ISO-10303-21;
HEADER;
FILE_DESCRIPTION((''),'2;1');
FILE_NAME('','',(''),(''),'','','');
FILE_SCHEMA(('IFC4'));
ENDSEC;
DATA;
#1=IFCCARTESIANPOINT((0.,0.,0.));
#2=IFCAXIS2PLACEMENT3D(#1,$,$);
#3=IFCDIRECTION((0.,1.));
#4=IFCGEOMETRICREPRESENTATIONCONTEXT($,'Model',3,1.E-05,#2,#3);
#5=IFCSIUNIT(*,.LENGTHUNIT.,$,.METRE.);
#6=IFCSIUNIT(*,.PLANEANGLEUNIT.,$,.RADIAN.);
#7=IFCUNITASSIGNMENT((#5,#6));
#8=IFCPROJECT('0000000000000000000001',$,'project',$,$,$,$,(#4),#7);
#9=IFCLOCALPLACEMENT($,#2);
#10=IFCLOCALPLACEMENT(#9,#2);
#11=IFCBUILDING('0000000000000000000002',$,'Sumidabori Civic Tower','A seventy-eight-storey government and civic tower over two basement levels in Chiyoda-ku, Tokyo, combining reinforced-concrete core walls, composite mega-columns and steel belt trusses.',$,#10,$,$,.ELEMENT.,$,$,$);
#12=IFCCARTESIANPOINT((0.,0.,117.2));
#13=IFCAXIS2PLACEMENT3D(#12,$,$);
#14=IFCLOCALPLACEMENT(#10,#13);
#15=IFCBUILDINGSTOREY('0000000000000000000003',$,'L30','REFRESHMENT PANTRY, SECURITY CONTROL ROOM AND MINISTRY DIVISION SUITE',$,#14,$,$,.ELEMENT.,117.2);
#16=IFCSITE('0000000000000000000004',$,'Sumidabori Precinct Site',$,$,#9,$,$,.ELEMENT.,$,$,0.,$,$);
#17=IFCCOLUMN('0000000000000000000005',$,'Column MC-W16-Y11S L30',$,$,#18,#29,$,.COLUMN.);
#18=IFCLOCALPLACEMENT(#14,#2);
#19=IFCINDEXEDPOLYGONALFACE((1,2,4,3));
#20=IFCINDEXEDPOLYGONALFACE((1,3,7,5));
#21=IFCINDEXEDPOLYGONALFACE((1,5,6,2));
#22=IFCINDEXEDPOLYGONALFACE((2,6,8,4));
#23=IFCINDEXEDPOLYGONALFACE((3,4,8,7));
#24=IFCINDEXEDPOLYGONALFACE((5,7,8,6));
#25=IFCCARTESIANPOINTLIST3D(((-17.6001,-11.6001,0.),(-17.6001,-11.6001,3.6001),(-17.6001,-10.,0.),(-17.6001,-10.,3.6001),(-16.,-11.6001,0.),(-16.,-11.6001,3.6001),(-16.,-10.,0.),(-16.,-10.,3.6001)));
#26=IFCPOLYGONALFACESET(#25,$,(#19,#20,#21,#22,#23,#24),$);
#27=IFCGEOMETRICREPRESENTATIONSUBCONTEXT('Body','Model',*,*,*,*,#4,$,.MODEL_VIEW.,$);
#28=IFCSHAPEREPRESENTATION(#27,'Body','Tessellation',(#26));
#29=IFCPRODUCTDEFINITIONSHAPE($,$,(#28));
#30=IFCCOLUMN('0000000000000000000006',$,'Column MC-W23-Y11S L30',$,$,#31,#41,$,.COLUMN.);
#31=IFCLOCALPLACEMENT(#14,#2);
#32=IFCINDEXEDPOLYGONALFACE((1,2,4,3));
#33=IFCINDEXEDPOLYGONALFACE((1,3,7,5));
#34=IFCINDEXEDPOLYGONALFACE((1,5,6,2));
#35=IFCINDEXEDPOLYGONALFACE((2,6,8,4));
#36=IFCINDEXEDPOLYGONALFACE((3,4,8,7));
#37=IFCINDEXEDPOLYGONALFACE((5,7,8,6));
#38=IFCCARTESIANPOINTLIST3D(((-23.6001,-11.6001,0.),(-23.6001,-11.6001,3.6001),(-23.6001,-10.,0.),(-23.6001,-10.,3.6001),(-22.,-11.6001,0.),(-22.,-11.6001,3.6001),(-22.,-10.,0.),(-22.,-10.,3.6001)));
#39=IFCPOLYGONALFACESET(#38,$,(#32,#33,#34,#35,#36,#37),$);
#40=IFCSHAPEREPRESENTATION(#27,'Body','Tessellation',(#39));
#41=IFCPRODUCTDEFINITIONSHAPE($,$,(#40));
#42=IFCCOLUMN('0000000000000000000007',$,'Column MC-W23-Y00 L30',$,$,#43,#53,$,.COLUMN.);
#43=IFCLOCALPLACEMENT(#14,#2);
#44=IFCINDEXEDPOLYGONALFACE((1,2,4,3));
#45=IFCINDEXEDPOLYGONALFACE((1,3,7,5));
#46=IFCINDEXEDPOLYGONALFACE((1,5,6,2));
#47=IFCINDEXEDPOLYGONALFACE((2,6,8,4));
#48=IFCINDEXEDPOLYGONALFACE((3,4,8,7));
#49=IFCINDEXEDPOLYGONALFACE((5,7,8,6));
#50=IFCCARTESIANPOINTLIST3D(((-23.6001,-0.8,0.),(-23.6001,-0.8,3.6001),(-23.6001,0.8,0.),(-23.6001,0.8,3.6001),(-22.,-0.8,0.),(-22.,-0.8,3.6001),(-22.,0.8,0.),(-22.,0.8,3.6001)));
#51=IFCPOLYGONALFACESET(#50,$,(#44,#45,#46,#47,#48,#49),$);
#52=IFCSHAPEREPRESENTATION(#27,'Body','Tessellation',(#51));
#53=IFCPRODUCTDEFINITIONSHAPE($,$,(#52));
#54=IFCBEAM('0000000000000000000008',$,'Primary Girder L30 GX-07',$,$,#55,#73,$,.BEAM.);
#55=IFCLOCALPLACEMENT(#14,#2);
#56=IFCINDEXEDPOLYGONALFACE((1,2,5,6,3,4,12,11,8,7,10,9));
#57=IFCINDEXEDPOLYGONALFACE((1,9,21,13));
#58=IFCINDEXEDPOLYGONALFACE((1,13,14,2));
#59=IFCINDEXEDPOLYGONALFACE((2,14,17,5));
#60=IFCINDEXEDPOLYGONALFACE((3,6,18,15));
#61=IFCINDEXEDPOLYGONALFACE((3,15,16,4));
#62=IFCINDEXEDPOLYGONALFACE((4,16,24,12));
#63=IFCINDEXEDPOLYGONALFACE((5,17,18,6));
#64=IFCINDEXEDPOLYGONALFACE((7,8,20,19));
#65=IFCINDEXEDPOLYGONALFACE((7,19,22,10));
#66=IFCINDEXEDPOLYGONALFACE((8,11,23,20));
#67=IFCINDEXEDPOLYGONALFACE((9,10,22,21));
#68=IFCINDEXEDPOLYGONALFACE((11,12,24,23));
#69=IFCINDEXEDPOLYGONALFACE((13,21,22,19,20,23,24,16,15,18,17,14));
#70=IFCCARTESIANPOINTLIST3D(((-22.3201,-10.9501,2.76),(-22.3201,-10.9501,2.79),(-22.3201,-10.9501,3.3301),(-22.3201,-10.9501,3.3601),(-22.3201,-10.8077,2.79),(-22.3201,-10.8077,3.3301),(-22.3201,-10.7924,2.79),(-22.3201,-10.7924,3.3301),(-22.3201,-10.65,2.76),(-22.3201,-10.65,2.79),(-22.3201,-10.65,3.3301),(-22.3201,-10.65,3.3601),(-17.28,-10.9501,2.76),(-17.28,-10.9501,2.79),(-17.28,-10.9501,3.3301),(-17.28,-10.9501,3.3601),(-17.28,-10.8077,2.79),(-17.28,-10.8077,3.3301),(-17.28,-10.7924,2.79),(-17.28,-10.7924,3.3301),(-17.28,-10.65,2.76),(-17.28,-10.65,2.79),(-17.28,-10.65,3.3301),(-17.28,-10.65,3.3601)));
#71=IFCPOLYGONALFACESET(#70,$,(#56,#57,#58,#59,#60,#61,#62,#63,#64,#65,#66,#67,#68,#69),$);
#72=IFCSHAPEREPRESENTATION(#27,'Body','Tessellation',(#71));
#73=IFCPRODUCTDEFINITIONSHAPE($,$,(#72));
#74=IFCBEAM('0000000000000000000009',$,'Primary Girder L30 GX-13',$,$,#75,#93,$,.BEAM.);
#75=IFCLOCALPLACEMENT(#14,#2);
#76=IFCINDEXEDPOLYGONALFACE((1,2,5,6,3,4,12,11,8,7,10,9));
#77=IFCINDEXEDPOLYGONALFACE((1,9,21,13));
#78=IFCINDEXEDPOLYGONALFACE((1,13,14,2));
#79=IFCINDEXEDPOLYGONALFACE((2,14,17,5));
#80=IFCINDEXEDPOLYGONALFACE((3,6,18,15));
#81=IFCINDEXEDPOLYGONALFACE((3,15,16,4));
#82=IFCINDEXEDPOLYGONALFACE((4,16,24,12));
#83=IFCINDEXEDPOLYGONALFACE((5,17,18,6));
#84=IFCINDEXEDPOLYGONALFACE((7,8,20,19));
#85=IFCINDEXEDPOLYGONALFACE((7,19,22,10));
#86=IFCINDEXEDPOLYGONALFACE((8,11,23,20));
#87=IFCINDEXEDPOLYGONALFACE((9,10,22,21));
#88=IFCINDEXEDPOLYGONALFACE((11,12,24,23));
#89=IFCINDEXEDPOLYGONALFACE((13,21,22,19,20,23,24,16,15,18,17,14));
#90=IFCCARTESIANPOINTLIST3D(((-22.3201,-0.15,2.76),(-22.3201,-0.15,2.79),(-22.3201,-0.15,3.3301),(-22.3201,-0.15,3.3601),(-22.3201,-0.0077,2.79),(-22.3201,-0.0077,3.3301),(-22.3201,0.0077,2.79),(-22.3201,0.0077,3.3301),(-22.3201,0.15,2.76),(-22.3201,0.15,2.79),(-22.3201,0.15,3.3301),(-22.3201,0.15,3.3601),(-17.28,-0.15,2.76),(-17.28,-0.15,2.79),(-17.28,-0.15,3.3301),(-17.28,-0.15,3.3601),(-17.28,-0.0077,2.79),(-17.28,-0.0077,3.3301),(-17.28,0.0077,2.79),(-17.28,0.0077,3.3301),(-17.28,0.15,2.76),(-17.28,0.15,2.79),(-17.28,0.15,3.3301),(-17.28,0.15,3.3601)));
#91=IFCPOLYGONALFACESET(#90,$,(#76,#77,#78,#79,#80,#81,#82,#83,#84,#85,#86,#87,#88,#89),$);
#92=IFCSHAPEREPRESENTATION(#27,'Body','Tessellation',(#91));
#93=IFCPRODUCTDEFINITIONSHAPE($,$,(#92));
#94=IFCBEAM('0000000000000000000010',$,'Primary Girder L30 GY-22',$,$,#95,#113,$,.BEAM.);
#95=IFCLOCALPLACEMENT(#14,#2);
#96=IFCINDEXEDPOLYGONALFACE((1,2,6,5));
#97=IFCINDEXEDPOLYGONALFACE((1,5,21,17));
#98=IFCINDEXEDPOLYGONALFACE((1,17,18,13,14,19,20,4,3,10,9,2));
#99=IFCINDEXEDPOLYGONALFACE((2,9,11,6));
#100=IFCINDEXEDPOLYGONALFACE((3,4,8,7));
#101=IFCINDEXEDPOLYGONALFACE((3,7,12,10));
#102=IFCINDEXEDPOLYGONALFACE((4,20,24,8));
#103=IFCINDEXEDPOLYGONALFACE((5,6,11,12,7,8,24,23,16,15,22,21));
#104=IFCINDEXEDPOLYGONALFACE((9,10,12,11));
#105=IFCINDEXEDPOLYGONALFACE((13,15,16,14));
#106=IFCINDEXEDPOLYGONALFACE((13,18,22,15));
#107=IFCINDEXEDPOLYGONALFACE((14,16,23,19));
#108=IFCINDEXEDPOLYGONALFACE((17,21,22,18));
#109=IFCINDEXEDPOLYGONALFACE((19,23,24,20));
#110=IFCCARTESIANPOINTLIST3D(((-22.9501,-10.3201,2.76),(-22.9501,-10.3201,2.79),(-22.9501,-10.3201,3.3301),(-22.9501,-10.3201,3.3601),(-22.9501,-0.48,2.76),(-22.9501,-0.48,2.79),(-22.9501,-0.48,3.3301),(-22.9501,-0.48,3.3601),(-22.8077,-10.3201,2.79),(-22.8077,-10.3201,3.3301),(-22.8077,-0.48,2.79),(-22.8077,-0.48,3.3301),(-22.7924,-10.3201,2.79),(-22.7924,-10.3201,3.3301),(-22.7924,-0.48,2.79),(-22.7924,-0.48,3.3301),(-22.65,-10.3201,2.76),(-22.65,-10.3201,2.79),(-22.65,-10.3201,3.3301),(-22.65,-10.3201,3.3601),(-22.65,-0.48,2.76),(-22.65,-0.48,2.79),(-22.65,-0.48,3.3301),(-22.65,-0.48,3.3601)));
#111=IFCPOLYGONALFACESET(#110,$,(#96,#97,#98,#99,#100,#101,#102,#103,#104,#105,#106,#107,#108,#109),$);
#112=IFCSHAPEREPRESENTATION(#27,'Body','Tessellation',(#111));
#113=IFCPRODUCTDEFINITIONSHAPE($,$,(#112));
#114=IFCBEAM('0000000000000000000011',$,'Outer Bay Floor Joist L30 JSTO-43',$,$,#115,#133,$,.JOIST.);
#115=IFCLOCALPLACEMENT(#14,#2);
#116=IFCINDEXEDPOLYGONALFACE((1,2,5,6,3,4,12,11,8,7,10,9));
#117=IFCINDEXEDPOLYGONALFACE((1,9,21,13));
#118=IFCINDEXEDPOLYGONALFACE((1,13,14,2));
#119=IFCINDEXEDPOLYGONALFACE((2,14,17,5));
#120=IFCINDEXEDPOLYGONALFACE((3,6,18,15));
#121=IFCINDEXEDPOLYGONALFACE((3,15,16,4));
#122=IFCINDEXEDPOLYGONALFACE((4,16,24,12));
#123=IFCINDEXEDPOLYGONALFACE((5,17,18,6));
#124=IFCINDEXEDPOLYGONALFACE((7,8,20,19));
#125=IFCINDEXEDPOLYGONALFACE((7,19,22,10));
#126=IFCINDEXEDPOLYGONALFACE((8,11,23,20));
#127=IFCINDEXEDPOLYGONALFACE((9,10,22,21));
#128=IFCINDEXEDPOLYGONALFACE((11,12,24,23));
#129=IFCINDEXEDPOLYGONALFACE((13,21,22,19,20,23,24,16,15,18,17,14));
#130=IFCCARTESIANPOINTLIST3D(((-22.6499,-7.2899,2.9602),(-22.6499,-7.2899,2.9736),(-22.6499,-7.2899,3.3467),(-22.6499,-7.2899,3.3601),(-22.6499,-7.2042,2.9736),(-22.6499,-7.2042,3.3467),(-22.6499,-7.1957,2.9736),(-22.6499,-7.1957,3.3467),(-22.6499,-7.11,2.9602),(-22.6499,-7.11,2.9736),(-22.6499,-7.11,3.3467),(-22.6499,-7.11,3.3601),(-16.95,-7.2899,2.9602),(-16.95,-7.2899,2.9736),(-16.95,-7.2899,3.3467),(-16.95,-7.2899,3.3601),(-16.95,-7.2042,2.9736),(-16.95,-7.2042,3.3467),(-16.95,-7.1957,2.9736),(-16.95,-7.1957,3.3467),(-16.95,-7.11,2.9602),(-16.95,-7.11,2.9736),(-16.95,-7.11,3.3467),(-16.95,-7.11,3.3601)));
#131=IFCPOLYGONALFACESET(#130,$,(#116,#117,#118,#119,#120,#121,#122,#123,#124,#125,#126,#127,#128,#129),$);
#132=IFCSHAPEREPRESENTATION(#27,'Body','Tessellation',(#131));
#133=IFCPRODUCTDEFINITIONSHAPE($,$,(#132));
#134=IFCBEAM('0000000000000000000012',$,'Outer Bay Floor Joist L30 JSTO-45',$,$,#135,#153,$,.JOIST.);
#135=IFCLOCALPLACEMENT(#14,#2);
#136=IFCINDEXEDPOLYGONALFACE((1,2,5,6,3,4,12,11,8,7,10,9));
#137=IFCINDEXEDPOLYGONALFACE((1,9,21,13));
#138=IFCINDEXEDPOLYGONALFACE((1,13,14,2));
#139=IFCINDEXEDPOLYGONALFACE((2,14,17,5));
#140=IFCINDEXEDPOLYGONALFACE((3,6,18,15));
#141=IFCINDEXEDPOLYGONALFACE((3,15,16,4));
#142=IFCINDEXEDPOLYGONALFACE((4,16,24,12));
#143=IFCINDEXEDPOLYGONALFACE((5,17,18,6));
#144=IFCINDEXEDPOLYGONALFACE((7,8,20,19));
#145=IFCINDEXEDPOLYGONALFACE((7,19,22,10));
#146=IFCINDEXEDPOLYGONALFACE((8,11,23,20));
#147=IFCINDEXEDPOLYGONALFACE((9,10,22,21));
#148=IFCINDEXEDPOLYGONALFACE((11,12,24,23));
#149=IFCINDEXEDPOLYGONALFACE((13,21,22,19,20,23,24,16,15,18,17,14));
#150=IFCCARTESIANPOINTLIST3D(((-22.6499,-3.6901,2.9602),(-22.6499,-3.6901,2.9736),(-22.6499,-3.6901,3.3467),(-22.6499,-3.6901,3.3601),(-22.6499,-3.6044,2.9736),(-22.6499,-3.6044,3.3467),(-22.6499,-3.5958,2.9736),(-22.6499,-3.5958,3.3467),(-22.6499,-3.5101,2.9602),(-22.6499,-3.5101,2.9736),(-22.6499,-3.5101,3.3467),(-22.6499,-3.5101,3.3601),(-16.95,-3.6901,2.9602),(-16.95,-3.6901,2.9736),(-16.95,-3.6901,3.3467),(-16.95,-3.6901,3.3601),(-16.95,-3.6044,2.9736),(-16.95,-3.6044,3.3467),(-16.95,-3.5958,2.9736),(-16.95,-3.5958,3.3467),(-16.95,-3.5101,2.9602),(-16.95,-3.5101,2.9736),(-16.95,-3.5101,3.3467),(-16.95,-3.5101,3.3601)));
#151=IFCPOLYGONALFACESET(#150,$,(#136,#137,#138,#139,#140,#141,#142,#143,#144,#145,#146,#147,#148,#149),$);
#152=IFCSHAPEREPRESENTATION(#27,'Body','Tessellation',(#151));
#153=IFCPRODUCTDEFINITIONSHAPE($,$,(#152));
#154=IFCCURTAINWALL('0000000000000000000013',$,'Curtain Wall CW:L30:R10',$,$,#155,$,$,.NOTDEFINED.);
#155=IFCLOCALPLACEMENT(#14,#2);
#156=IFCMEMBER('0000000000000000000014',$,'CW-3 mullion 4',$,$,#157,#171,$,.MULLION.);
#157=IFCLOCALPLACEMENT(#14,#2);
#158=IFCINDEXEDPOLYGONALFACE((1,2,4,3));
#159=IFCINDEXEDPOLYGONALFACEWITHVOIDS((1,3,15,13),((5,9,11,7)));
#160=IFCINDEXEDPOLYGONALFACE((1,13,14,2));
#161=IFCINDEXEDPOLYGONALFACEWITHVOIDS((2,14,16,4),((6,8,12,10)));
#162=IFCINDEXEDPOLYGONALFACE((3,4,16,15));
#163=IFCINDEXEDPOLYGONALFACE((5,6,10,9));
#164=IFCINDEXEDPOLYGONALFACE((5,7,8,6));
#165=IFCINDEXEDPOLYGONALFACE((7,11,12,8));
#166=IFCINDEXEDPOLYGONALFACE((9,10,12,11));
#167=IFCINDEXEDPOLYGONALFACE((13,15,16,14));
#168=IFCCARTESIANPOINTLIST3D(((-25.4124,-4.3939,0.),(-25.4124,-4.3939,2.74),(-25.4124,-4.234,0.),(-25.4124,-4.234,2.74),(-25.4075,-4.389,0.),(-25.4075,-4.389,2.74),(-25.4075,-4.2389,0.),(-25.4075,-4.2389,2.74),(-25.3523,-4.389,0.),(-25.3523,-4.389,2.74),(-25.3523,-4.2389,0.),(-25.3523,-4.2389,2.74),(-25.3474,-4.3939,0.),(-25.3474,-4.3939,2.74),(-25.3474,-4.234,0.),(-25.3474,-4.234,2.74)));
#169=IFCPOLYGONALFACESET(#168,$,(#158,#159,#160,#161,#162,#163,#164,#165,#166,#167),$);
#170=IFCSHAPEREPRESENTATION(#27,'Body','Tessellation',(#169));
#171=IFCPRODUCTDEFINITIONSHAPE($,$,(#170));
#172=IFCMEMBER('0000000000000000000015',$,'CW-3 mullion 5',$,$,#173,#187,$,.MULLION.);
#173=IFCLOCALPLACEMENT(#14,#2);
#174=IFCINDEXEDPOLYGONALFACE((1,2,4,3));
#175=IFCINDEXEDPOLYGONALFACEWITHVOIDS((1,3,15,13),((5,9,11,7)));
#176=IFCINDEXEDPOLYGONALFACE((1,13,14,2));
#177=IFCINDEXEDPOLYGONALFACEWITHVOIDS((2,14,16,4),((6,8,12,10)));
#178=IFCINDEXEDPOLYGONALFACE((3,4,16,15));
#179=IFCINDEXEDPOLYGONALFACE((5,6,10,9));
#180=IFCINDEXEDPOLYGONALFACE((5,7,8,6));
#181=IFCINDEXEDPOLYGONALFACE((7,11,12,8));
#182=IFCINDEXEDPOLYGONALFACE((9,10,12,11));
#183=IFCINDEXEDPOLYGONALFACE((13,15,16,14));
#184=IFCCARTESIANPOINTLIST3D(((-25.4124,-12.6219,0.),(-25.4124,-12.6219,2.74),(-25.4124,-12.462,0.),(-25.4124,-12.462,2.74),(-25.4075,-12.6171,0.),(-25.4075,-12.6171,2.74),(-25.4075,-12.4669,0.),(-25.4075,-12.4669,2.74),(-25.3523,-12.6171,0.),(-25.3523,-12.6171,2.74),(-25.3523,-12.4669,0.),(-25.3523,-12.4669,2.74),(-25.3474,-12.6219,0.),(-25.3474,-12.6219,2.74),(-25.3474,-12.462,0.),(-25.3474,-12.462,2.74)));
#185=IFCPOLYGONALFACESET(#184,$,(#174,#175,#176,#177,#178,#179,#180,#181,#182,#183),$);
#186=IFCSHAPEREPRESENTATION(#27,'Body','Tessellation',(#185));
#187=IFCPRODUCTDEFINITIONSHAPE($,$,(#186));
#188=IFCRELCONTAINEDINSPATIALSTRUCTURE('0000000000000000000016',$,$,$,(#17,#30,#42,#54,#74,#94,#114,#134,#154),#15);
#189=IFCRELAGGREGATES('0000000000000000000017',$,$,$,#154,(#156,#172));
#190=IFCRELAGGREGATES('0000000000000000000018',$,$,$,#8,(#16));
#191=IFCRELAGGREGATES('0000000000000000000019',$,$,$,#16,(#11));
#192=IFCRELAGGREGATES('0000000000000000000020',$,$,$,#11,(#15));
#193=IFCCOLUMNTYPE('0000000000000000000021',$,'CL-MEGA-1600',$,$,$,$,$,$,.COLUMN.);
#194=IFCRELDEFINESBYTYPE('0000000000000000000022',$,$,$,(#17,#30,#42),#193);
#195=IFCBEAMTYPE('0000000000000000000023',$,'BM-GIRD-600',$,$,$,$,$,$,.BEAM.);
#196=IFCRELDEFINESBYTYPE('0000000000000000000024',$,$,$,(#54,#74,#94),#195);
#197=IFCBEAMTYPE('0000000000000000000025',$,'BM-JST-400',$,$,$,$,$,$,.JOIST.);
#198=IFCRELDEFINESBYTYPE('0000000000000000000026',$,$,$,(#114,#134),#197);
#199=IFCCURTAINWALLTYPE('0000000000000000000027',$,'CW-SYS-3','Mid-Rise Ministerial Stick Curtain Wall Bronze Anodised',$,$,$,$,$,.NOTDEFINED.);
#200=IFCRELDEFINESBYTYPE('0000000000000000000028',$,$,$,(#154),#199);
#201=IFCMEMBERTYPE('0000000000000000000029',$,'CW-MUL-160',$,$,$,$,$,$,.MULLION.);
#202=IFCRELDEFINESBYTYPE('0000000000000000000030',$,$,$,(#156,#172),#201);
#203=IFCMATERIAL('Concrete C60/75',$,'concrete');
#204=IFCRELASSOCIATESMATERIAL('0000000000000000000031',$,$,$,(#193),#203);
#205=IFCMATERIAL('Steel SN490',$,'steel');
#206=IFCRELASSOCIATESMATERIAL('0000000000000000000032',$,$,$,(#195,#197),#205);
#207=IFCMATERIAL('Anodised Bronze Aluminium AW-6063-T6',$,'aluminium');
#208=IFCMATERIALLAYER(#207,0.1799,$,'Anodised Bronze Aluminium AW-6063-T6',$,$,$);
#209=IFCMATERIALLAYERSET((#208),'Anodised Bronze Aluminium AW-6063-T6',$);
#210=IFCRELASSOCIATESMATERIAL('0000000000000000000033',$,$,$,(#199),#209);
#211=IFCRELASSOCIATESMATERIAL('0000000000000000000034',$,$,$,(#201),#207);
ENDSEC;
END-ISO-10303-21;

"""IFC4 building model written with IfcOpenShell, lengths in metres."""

from ifc_helpers import new_model, si_unit, direction, frame, origin, origin_2d, place, context, subcontext, project, spatial, rectangle, hollow_rectangle, i_section, extrude, source, transform, mapped, material, layer, layer_set, material_profile, profile_set, type_object, element, aggregate, save


model = new_model("IFC4")

# Units and contexts
model_context = context("Model", 3, precision=1e-05, world=origin(), true_north=direction((0.0, 1.0)))
body_context = subcontext(model_context, "Body", "Model", "MODEL_VIEW")
ifc_project = project(units=[si_unit("LENGTHUNIT", "METRE"), si_unit("PLANEANGLEUNIT", "RADIAN")], contexts=[model_context])

# Site, building, storey
site_placement = place(None, origin())
site = spatial("IfcSite", under=ifc_project, at=site_placement, Name="Sumidabori Precinct Site", CompositionType="ELEMENT", RefElevation=0.0)
building_placement = place(site_placement, origin())
building = spatial("IfcBuilding", under=site, at=building_placement, Name="Sumidabori Civic Tower", Description="A seventy-eight-storey government and civic tower over two basement levels in Chiyoda-ku, Tokyo, combining reinforced-concrete core walls, composite mega-columns and steel belt trusses.", CompositionType="ELEMENT")
storey_placement = place(building_placement, frame((0.0, 0.0, 117.2)))
storey = spatial("IfcBuildingStorey", under=building, at=storey_placement, Name="L30", Description="REFRESHMENT PANTRY, SECURITY CONTROL ROOM AND MINISTRY DIVISION SUITE", CompositionType="ELEMENT", Elevation=117.2)

# Columns
ifc_material_1 = material(Name="Concrete C60/75", Category="concrete")
ifc_material_profile_1 = material_profile(ifc_material_1, rectangle(XDim=1.6001, YDim=1.6001, at=origin_2d()), Name="RC 1600x1600")
ifc_profile_set_1 = profile_set([ifc_material_profile_1], Name="Concrete C60/75")
column_type = type_object("IfcColumnType", Name="CL-MEGA-1600", PredefinedType="COLUMN", material=ifc_profile_set_1)
shared_shape_1 = source(origin(), body_context, "Body", "SweptSolid", [
    extrude(rectangle(XDim=1.6001, YDim=1.6001, at=origin_2d()), origin(), (0.0, 0.0, 1.0), 3.6001),
])
for number, where, z_axis, x_axis, name in (
    (1, (-16.8, -10.8, 0.0), (0.0, 0.0, 1.0), (1.0, 0.0, 0.0), "Column MC-W16-Y11S L30"),
    (2, (-22.8, -10.8, 0.0), (0.0, 0.0, 1.0), (1.0, 0.0, 0.0), "Column MC-W23-Y11S L30"),
    (3, (-22.8, 0.0, 0.0), (0.0, 0.0, 1.0), (1.0, 0.0, 0.0), "Column MC-W23-Y00 L30"),
):
    element("IfcColumn", number, at=place(storey_placement, frame(where, z_axis=z_axis, x_axis=x_axis)), inside=storey, type_object=column_type, Name=name, PredefinedType="COLUMN", context=body_context, shape_type="MappedRepresentation", body=[
        mapped(shared_shape_1, transform((0.0, 0.0, 0.0), x_axis=(1.0, 0.0, 0.0), y_axis=(0.0, 1.0, 0.0), z_axis=(0.0, 0.0, 1.0), scale=1.0)),
    ])

# Beams
ifc_material_2 = material(Name="Steel SN490", Category="steel")
ifc_material_profile_2 = material_profile(ifc_material_2, i_section(OverallWidth=0.3, OverallDepth=0.6001, WebThickness=0.0154, FlangeThickness=0.03, at=origin_2d()), Name="HE 600 B")
ifc_profile_set_2 = profile_set([ifc_material_profile_2], Name="Steel SN490")
beam_type_1 = type_object("IfcBeamType", Name="BM-GIRD-600", PredefinedType="BEAM", material=ifc_profile_set_2)
shared_shape_2 = source(origin(), body_context, "Body", "SweptSolid", [
    extrude(i_section(OverallWidth=0.3, OverallDepth=0.6001, WebThickness=0.0154, FlangeThickness=0.03, at=origin_2d()), origin(), (0.0, 0.0, 1.0), 5.04),
])
for number, where, z_axis, x_axis, name in (
    (4, (-22.3201, -10.8, 3.0601), (1.0, 0.0, 0.0), (0.0, 1.0, 0.0), "Primary Girder L30 GX-07"),
    (5, (-22.3201, 0.0, 3.0601), (1.0, 0.0, 0.0), (0.0, 1.0, 0.0), "Primary Girder L30 GX-13"),
):
    element("IfcBeam", number, at=place(storey_placement, frame(where, z_axis=z_axis, x_axis=x_axis)), inside=storey, type_object=beam_type_1, Name=name, PredefinedType="BEAM", context=body_context, shape_type="MappedRepresentation", body=[
        mapped(shared_shape_2, transform((0.0, 0.0, 0.0), x_axis=(1.0, 0.0, 0.0), y_axis=(0.0, 1.0, 0.0), z_axis=(0.0, 0.0, 1.0), scale=1.0)),
    ])
shared_shape_3 = source(origin(), body_context, "Body", "SweptSolid", [
    extrude(i_section(OverallWidth=0.3, OverallDepth=0.6001, WebThickness=0.0154, FlangeThickness=0.03, at=origin_2d()), origin(), (0.0, 0.0, 1.0), 9.8401),
])
beam_placement = place(storey_placement, frame((-22.8, -10.3201, 3.0601), z_axis=(0.0, 1.0, 0.0), x_axis=(-1.0, 0.0, 0.0)))
element("IfcBeam", 6, at=beam_placement, inside=storey, type_object=beam_type_1, Name="Primary Girder L30 GY-22", PredefinedType="BEAM", context=body_context, shape_type="MappedRepresentation", body=[
    mapped(shared_shape_3, transform((0.0, 0.0, 0.0), x_axis=(1.0, 0.0, 0.0), y_axis=(0.0, 1.0, 0.0), z_axis=(0.0, 0.0, 1.0), scale=1.0)),
])
ifc_material_profile_3 = material_profile(ifc_material_2, i_section(OverallWidth=0.1799, OverallDepth=0.3999, WebThickness=0.0085, FlangeThickness=0.0134, at=origin_2d()), Name="IPE 400")
ifc_profile_set_3 = profile_set([ifc_material_profile_3], Name="Steel SN490")
beam_type_2 = type_object("IfcBeamType", Name="BM-JST-400", PredefinedType="JOIST", material=ifc_profile_set_3)
shared_shape_4 = source(origin(), body_context, "Body", "SweptSolid", [
    extrude(i_section(OverallWidth=0.1799, OverallDepth=0.3999, WebThickness=0.0085, FlangeThickness=0.0134, at=origin_2d()), origin(), (0.0, 0.0, 1.0), 5.7),
])
for number, where, z_axis, x_axis, name in (
    (7, (-22.6499, -7.2, 3.1602), (1.0, 0.0, 0.0), (0.0, 1.0, 0.0), "Outer Bay Floor Joist L30 JSTO-43"),
    (8, (-22.6499, -3.6001, 3.1602), (1.0, 0.0, 0.0), (0.0, 1.0, 0.0), "Outer Bay Floor Joist L30 JSTO-45"),
):
    element("IfcBeam", number, at=place(storey_placement, frame(where, z_axis=z_axis, x_axis=x_axis)), inside=storey, type_object=beam_type_2, Name=name, PredefinedType="JOIST", context=body_context, shape_type="MappedRepresentation", body=[
        mapped(shared_shape_4, transform((0.0, 0.0, 0.0), x_axis=(1.0, 0.0, 0.0), y_axis=(0.0, 1.0, 0.0), z_axis=(0.0, 0.0, 1.0), scale=1.0)),
    ])

# Curtain wall, members
ifc_material_3 = material(Name="Anodised Bronze Aluminium AW-6063-T6", Category="aluminium")
ifc_layer_1 = layer(ifc_material_3, 0.1799, Name="Anodised Bronze Aluminium AW-6063-T6")
ifc_layer_set_1 = layer_set([ifc_layer_1], Name="Anodised Bronze Aluminium AW-6063-T6")
curtain_wall_type = type_object("IfcCurtainWallType", Name="CW-SYS-3", Description="Mid-Rise Ministerial Stick Curtain Wall Bronze Anodised", PredefinedType="NOTDEFINED", material=ifc_layer_set_1)
curtain_wall_placement = place(storey_placement, origin())
curtain_wall = element("IfcCurtainWall", 9, at=curtain_wall_placement, inside=storey, type_object=curtain_wall_type, Name="Curtain Wall CW:L30:R10", PredefinedType="NOTDEFINED")
ifc_material_profile_4 = material_profile(ifc_material_3, hollow_rectangle(XDim=0.0649, YDim=0.1599, WallThickness=0.0049, at=origin_2d()), Name="ALU MULLION 160x65")
ifc_profile_set_4 = profile_set([ifc_material_profile_4], Name="Anodised Bronze Aluminium AW-6063-T6")
member_type_1 = type_object("IfcMemberType", Name="CW-MUL-160", PredefinedType="MULLION", material=ifc_profile_set_4)
shared_shape_5 = source(origin(), body_context, "Body", "SweptSolid", [
    extrude(hollow_rectangle(XDim=0.0649, YDim=0.1599, WallThickness=0.0049, at=origin_2d()), origin(), (0.0, 0.0, 1.0), 2.74),
])
member_1_placement = place(storey_placement, frame((-25.3799, -4.314, 0.0), z_axis=(0.0, 0.0, 1.0), x_axis=(1.0, 0.0, 0.0)))
member_1 = element("IfcMember", 10, at=member_1_placement, type_object=member_type_1, Name="CW-3 mullion 4", PredefinedType="MULLION", context=body_context, shape_type="MappedRepresentation", body=[
    mapped(shared_shape_5, transform((0.0, 0.0, 0.0), x_axis=(1.0, 0.0, 0.0), y_axis=(0.0, 1.0, 0.0), z_axis=(0.0, 0.0, 1.0), scale=1.0)),
])
member_2_placement = place(storey_placement, frame((-25.3799, -12.542, 0.0), z_axis=(0.0, 0.0, 1.0), x_axis=(1.0, 0.0, 0.0)))
member_2 = element("IfcMember", 11, at=member_2_placement, type_object=member_type_1, Name="CW-3 mullion 5", PredefinedType="MULLION", context=body_context, shape_type="MappedRepresentation", body=[
    mapped(shared_shape_5, transform((0.0, 0.0, 0.0), x_axis=(1.0, 0.0, 0.0), y_axis=(0.0, 1.0, 0.0), z_axis=(0.0, 0.0, 1.0), scale=1.0)),
])
aggregate(curtain_wall, [member_1, member_2])

save(model, "model.ifc")
